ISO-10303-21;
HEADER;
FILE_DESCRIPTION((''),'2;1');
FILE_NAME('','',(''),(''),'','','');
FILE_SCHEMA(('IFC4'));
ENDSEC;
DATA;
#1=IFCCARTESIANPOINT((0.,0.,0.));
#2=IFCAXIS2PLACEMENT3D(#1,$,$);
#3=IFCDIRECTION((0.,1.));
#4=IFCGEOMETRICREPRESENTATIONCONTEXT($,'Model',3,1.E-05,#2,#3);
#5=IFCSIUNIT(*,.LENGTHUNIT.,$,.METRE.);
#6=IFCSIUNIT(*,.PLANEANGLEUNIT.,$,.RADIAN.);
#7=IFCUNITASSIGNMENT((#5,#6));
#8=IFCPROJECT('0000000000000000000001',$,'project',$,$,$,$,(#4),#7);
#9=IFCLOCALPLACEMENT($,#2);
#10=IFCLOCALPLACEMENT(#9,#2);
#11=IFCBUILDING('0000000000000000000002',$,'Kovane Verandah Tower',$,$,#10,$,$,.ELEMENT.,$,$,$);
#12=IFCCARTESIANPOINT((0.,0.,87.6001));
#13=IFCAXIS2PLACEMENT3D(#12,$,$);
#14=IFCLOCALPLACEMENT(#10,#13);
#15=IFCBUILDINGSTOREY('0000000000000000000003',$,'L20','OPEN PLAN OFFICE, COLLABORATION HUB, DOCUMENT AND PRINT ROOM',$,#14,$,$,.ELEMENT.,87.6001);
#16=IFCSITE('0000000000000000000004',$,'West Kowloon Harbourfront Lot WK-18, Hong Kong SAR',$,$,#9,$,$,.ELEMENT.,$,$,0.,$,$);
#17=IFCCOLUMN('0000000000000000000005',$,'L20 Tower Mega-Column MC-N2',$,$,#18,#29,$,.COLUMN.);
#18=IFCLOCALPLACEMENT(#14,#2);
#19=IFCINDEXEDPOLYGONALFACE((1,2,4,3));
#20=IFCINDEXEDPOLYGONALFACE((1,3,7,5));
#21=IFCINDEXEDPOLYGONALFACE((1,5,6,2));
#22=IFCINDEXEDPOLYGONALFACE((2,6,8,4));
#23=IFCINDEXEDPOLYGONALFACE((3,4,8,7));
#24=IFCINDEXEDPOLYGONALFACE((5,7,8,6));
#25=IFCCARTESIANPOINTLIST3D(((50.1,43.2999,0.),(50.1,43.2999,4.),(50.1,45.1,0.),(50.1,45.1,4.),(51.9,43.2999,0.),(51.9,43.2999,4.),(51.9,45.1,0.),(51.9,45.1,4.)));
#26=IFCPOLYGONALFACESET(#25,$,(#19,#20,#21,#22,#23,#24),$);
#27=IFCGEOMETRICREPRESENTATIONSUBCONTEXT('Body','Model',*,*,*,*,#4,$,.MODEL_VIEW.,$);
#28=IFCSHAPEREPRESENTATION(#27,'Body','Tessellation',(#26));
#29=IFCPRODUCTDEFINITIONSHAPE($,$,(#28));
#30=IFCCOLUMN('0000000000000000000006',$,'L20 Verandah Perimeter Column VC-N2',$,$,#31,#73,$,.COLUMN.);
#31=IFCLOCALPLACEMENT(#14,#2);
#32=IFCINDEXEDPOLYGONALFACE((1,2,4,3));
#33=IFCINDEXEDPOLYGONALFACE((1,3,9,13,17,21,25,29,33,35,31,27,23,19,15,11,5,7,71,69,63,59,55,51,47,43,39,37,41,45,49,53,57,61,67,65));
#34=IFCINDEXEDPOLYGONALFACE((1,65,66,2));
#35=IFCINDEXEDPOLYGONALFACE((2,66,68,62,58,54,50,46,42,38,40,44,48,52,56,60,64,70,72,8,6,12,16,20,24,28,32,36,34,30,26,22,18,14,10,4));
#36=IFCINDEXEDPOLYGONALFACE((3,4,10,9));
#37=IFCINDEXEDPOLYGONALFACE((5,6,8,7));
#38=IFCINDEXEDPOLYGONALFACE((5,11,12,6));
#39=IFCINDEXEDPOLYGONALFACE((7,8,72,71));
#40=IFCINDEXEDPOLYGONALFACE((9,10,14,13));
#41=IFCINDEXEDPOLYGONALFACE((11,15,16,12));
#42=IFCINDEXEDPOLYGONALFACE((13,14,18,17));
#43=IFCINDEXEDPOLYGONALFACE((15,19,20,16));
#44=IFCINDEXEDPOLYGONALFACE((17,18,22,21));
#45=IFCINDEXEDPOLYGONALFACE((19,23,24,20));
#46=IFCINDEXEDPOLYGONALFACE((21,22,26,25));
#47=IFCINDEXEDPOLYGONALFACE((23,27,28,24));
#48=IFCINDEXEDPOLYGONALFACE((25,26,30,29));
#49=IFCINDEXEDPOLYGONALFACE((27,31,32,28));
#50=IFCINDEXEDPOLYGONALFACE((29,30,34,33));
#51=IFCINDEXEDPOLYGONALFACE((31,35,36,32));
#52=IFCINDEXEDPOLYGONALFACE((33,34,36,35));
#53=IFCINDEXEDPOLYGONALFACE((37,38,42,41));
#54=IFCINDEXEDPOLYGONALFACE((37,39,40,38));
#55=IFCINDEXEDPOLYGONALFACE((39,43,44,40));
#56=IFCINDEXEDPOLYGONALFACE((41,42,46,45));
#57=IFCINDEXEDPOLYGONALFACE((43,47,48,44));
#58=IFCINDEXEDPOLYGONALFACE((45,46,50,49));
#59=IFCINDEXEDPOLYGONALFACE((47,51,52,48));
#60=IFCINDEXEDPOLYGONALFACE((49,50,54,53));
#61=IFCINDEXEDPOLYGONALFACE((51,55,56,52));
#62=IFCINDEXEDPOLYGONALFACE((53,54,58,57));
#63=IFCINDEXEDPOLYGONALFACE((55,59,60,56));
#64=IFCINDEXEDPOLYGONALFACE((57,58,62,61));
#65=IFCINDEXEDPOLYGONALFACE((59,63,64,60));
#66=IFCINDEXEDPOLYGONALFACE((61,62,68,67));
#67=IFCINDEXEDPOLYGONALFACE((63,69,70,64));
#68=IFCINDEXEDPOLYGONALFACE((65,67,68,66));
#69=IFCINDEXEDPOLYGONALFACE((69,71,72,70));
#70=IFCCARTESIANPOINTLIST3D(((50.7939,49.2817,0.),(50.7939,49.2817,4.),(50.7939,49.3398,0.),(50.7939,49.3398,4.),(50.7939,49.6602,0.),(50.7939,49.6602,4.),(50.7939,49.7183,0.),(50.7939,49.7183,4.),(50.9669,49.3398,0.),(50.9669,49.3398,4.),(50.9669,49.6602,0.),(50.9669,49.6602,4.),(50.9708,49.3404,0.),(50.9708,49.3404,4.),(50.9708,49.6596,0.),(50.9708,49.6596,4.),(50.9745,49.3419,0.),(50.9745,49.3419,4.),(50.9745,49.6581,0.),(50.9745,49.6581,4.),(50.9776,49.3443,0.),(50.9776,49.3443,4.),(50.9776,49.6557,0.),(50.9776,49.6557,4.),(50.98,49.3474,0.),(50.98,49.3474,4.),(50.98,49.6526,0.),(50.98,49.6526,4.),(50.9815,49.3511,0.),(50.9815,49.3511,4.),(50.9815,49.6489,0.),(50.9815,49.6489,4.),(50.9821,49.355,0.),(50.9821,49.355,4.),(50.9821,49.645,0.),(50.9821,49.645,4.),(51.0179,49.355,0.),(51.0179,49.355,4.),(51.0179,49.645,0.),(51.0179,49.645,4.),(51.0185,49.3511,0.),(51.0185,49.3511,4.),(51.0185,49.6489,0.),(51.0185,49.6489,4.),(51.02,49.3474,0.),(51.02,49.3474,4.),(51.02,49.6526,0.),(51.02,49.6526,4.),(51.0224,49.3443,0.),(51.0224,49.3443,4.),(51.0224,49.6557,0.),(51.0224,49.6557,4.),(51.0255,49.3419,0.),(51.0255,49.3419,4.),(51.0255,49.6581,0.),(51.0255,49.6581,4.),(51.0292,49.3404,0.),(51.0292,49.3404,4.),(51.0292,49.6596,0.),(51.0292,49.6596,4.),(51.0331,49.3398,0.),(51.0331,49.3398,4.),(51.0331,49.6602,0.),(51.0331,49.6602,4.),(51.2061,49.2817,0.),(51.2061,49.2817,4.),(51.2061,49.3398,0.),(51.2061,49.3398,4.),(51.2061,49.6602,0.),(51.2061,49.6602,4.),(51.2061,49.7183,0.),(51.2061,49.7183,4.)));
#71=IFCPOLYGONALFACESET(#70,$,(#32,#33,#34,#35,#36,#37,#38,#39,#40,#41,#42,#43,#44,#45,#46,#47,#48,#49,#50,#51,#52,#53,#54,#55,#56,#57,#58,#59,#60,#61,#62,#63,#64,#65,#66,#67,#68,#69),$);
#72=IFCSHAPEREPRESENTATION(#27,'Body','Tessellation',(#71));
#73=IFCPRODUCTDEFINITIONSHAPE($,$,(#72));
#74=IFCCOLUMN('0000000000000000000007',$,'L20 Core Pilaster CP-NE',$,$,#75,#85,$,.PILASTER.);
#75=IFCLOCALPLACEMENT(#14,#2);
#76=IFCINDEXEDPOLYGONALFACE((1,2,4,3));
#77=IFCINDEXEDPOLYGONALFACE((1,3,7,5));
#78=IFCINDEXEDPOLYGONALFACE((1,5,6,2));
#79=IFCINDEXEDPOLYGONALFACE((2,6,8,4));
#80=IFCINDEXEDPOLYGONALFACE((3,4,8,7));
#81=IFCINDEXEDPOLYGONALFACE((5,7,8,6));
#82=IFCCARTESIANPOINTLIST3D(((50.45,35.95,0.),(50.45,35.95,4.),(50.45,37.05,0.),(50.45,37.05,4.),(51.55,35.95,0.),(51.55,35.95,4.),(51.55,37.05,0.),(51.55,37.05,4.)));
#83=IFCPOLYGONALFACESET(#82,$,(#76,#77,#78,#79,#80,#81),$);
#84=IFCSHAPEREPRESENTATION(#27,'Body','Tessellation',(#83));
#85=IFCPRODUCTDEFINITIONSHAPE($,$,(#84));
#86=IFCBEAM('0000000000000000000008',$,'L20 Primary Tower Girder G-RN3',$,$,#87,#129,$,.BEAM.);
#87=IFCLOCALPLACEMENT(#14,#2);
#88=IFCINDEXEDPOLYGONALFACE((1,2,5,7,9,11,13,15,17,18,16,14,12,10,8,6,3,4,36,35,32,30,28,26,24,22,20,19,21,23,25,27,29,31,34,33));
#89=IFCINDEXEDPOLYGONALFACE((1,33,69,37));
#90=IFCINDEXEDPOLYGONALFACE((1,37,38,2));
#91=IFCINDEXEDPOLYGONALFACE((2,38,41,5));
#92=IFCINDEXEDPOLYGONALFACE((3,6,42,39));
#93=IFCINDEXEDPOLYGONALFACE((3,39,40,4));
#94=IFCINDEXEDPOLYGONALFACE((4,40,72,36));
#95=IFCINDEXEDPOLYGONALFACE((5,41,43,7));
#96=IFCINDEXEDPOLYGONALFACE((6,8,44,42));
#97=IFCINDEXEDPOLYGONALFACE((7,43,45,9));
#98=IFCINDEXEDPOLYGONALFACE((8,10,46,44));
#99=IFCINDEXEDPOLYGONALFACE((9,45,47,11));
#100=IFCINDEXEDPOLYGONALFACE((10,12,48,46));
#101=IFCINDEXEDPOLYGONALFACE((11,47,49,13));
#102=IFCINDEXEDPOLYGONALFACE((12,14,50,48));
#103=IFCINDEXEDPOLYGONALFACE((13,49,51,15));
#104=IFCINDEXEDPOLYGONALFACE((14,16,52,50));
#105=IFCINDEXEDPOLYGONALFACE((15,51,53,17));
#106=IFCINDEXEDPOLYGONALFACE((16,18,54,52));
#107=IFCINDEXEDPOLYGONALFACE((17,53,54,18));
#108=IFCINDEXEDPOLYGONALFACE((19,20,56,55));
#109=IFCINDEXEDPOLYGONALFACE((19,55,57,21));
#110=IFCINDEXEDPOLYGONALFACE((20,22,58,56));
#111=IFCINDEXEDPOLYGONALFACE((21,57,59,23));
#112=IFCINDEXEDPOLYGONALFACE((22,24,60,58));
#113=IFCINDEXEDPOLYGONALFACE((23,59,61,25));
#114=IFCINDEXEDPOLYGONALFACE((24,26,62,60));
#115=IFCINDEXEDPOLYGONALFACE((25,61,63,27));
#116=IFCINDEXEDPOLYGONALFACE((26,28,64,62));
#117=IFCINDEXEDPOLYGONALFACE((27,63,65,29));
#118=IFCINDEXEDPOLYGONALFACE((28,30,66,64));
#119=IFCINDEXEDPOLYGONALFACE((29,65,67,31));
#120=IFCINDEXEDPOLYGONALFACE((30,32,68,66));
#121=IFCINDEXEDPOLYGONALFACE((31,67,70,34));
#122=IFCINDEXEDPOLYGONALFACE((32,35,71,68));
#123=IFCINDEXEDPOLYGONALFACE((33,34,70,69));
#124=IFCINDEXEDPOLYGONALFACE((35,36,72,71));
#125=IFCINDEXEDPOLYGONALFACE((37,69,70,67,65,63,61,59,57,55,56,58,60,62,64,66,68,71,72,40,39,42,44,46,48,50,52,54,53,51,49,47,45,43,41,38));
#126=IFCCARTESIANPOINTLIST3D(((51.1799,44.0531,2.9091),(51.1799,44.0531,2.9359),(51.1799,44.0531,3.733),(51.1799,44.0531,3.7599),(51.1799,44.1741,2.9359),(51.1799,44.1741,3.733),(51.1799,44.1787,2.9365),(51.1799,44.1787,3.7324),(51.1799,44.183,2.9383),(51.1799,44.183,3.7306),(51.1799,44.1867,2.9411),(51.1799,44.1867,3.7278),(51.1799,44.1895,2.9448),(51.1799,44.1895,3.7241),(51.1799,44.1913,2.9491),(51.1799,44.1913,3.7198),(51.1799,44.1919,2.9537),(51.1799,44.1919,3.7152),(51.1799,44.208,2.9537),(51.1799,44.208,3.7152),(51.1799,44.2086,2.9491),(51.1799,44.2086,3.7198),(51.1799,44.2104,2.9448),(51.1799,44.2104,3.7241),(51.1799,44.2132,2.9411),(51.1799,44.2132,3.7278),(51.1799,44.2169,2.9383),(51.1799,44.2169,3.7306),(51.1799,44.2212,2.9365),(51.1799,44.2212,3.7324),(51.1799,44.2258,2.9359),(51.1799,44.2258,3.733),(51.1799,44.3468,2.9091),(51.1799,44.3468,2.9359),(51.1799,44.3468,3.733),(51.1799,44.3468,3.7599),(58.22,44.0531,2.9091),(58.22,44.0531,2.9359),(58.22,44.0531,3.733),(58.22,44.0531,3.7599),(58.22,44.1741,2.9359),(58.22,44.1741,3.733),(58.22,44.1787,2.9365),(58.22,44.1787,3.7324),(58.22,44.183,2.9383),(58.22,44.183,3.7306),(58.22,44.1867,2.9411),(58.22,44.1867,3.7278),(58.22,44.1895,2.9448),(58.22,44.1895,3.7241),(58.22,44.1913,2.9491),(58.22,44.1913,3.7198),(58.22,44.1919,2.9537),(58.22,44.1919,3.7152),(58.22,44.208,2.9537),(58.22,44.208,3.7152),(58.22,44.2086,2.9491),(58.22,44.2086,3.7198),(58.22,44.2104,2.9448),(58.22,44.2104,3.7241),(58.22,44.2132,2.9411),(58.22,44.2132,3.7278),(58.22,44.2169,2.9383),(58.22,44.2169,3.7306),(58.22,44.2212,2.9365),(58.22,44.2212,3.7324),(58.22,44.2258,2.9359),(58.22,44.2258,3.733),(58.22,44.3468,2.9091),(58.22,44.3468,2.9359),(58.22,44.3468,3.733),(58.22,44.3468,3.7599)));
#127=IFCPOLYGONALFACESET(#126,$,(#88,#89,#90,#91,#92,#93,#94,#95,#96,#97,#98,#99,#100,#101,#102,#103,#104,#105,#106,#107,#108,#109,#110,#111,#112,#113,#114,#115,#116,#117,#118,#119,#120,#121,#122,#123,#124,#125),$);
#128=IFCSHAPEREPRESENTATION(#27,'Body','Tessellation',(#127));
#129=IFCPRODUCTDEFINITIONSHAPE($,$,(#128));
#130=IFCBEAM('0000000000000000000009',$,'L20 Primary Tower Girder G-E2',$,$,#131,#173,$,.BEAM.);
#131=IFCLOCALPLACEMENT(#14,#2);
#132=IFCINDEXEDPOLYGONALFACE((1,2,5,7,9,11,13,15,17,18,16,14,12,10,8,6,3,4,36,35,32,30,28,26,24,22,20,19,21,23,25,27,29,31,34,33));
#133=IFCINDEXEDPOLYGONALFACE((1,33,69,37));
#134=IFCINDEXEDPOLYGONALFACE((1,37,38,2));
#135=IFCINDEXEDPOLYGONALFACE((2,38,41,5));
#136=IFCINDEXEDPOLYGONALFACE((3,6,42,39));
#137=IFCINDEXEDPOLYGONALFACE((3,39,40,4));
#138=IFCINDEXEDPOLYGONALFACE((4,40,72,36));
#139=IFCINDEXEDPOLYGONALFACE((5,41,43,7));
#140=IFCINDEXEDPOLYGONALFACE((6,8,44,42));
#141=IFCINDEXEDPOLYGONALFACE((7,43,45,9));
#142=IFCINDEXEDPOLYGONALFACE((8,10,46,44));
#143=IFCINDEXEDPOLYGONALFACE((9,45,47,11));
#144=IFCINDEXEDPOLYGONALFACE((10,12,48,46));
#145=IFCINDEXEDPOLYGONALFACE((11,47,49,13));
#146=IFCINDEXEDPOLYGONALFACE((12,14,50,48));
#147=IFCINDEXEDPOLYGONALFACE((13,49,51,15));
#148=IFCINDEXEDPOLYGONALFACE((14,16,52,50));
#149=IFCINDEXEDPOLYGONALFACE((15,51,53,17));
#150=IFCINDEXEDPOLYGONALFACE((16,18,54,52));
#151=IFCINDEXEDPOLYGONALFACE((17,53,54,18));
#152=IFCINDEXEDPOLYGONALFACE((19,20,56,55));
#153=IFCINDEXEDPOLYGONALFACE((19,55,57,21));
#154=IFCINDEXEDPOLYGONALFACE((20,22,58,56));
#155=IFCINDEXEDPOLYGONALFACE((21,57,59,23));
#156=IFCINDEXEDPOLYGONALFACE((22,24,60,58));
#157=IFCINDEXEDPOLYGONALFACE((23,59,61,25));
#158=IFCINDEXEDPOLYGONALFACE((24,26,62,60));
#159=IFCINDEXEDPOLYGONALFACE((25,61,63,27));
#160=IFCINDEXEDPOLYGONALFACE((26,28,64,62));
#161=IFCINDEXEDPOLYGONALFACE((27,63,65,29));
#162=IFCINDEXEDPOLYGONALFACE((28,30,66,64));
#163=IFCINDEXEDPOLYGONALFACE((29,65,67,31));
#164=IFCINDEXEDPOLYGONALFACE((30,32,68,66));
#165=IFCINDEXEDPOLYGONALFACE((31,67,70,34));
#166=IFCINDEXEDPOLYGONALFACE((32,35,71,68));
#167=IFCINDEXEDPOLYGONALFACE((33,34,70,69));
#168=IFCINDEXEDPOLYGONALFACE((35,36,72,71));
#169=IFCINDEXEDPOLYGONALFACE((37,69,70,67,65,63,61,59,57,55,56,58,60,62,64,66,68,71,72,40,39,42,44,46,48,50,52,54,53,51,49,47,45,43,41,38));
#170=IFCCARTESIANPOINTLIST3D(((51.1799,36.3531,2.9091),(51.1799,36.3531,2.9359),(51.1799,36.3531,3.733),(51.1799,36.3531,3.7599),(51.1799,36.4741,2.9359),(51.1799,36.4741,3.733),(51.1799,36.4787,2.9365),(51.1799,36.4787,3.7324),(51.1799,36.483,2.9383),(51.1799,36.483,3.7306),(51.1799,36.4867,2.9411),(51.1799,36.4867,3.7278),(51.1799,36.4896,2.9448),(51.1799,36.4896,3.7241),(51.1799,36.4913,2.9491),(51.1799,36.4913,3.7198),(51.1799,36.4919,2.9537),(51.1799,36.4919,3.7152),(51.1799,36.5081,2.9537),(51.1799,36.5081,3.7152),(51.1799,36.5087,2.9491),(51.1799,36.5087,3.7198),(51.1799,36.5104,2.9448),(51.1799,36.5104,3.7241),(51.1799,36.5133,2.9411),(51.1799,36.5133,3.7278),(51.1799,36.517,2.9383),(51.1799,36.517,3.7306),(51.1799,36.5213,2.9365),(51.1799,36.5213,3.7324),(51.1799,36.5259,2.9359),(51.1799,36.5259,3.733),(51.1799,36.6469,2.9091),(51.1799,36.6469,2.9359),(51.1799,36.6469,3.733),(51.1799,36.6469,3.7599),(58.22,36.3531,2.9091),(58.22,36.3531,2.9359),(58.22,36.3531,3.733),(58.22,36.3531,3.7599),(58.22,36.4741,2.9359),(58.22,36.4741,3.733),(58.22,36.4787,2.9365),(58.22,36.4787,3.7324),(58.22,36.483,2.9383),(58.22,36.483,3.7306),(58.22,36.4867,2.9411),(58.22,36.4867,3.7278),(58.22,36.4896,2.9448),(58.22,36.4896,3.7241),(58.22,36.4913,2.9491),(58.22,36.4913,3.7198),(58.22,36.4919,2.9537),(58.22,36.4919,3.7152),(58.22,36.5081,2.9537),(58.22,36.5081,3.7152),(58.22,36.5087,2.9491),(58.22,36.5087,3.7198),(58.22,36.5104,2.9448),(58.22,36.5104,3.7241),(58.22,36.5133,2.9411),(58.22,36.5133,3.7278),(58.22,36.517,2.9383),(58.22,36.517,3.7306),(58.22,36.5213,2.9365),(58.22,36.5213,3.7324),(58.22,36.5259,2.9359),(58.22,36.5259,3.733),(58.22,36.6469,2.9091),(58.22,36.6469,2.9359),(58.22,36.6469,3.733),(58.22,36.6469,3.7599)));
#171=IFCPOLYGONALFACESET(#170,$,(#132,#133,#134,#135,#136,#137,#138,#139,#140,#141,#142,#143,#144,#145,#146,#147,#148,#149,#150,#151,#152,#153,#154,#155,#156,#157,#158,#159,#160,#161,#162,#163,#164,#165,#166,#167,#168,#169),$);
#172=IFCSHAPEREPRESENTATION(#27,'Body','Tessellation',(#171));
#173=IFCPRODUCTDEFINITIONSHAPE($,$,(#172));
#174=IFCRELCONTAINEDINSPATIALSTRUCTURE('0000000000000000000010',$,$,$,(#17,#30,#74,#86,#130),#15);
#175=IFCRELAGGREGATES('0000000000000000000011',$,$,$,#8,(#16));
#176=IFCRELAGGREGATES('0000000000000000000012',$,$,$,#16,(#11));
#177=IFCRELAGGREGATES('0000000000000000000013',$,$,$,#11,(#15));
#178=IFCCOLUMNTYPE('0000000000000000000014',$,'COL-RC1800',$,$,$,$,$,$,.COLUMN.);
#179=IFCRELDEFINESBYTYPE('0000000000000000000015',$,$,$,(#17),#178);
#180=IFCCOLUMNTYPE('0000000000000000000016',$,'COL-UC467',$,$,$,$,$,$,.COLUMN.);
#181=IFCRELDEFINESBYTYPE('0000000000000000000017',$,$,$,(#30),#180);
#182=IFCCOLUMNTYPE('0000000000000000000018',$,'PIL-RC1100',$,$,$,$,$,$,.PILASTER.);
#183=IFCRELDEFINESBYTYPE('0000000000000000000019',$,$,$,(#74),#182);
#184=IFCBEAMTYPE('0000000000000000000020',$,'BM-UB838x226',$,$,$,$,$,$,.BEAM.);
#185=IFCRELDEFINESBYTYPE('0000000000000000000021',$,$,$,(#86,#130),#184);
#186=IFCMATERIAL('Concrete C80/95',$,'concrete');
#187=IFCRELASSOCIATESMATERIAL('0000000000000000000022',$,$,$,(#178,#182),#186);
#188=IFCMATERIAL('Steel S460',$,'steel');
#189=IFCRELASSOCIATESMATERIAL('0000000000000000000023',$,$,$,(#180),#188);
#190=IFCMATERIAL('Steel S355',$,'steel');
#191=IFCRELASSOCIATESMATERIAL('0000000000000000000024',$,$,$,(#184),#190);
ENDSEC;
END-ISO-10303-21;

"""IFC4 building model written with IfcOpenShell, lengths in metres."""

from ifc_helpers import new_model, si_unit, direction, frame, origin, origin_2d, place, context, subcontext, project, spatial, rectangle, i_section, extrude, material, material_profile, profile_set, type_object, element, save


model = new_model("IFC4")

# Units and contexts
model_context = context("Model", 3, precision=1e-05, world=origin(), true_north=direction((0.0, 1.0)))
body_context = subcontext(model_context, "Body", "Model", "MODEL_VIEW")
ifc_project = project(units=[si_unit("LENGTHUNIT", "METRE"), si_unit("PLANEANGLEUNIT", "RADIAN")], contexts=[model_context])

# Site, building, storey
site_placement = place(None, origin())
site = spatial("IfcSite", under=ifc_project, at=site_placement, Name="West Kowloon Harbourfront Lot WK-18, Hong Kong SAR", CompositionType="ELEMENT", RefElevation=0.0)
building_placement = place(site_placement, origin())
building = spatial("IfcBuilding", under=site, at=building_placement, Name="Kovane Verandah Tower", CompositionType="ELEMENT")
storey_placement = place(building_placement, frame((0.0, 0.0, 87.6001)))
storey = spatial("IfcBuildingStorey", under=building, at=storey_placement, Name="L20", Description="OPEN PLAN OFFICE, COLLABORATION HUB, DOCUMENT AND PRINT ROOM", CompositionType="ELEMENT", Elevation=87.6001)

# Columns
ifc_material_1 = material(Name="Concrete C80/95", Category="concrete")
ifc_material_profile_1 = material_profile(ifc_material_1, rectangle(XDim=1.8, YDim=1.8, at=origin_2d()), Name="RC1800x1800")
ifc_profile_set_1 = profile_set([ifc_material_profile_1], Name="Concrete C80/95")
column_type_1 = type_object("IfcColumnType", Name="COL-RC1800", PredefinedType="COLUMN", material=ifc_profile_set_1)
column_1_placement = place(storey_placement, frame((51.0, 44.2, 0.0), z_axis=(0.0, 0.0, 1.0), x_axis=(1.0, 0.0, 0.0)))
element("IfcColumn", 1, at=column_1_placement, inside=storey, type_object=column_type_1, Name="L20 Tower Mega-Column MC-N2", PredefinedType="COLUMN", context=body_context, shape_type="SweptSolid", body=[
    extrude(rectangle(XDim=1.8, YDim=1.8, at=origin_2d()), origin(), (0.0, 0.0, 1.0), 4.0),
])
ifc_material_2 = material(Name="Steel S460", Category="steel")
ifc_material_profile_2 = material_profile(ifc_material_2, i_section(OverallWidth=0.4121, OverallDepth=0.4365, WebThickness=0.0359, FlangeThickness=0.0581, FilletRadius=0.0151, at=origin_2d()), Name="UC356x406x467")
ifc_profile_set_2 = profile_set([ifc_material_profile_2], Name="Steel S460")
column_type_2 = type_object("IfcColumnType", Name="COL-UC467", PredefinedType="COLUMN", material=ifc_profile_set_2)
column_2_placement = place(storey_placement, frame((51.0, 49.5, 0.0), z_axis=(0.0, 0.0, 1.0), x_axis=(1.0, 0.0, 0.0)))
element("IfcColumn", 2, at=column_2_placement, inside=storey, type_object=column_type_2, Name="L20 Verandah Perimeter Column VC-N2", PredefinedType="COLUMN", context=body_context, shape_type="SweptSolid", body=[
    extrude(i_section(OverallWidth=0.4121, OverallDepth=0.4365, WebThickness=0.0359, FlangeThickness=0.0581, FilletRadius=0.0151, at=origin_2d()), origin(), (0.0, 0.0, 1.0), 4.0),
])
ifc_material_profile_3 = material_profile(ifc_material_1, rectangle(XDim=1.1001, YDim=1.1001, at=origin_2d()), Name="RC1100x1100")
ifc_profile_set_3 = profile_set([ifc_material_profile_3], Name="Concrete C80/95")
column_type_3 = type_object("IfcColumnType", Name="PIL-RC1100", PredefinedType="PILASTER", material=ifc_profile_set_3)
column_3_placement = place(storey_placement, frame((51.0, 36.5, 0.0), z_axis=(0.0, 0.0, 1.0), x_axis=(1.0, 0.0, 0.0)))
element("IfcColumn", 3, at=column_3_placement, inside=storey, type_object=column_type_3, Name="L20 Core Pilaster CP-NE", PredefinedType="PILASTER", context=body_context, shape_type="SweptSolid", body=[
    extrude(rectangle(XDim=1.1001, YDim=1.1001, at=origin_2d()), origin(), (0.0, 0.0, 1.0), 4.0),
])

# Beams
ifc_material_3 = material(Name="Steel S355", Category="steel")
ifc_material_profile_4 = material_profile(ifc_material_3, i_section(OverallWidth=0.2937, OverallDepth=0.8508, WebThickness=0.0161, FlangeThickness=0.0269, FilletRadius=0.0178, at=origin_2d()), Name="UB838x292x226")
ifc_profile_set_4 = profile_set([ifc_material_profile_4], Name="Steel S355")
beam_type = type_object("IfcBeamType", Name="BM-UB838x226", PredefinedType="BEAM", material=ifc_profile_set_4)
for number, where, z_axis, x_axis, name in (
    (4, (51.1799, 44.2, 3.3345), (1.0, 0.0, 0.0), (0.0, 1.0, 0.0), "L20 Primary Tower Girder G-RN3"),
    (5, (51.1799, 36.5, 3.3345), (1.0, 0.0, 0.0), (0.0, 1.0, 0.0), "L20 Primary Tower Girder G-E2"),
):
    element("IfcBeam", number, at=place(storey_placement, frame(where, z_axis=z_axis, x_axis=x_axis)), inside=storey, type_object=beam_type, Name=name, PredefinedType="BEAM", context=body_context, shape_type="SweptSolid", body=[
        extrude(i_section(OverallWidth=0.2937, OverallDepth=0.8508, WebThickness=0.0161, FlangeThickness=0.0269, FilletRadius=0.0178, at=origin_2d()), origin(), (0.0, 0.0, 1.0), 7.04),
    ])

save(model, "model.ifc")
